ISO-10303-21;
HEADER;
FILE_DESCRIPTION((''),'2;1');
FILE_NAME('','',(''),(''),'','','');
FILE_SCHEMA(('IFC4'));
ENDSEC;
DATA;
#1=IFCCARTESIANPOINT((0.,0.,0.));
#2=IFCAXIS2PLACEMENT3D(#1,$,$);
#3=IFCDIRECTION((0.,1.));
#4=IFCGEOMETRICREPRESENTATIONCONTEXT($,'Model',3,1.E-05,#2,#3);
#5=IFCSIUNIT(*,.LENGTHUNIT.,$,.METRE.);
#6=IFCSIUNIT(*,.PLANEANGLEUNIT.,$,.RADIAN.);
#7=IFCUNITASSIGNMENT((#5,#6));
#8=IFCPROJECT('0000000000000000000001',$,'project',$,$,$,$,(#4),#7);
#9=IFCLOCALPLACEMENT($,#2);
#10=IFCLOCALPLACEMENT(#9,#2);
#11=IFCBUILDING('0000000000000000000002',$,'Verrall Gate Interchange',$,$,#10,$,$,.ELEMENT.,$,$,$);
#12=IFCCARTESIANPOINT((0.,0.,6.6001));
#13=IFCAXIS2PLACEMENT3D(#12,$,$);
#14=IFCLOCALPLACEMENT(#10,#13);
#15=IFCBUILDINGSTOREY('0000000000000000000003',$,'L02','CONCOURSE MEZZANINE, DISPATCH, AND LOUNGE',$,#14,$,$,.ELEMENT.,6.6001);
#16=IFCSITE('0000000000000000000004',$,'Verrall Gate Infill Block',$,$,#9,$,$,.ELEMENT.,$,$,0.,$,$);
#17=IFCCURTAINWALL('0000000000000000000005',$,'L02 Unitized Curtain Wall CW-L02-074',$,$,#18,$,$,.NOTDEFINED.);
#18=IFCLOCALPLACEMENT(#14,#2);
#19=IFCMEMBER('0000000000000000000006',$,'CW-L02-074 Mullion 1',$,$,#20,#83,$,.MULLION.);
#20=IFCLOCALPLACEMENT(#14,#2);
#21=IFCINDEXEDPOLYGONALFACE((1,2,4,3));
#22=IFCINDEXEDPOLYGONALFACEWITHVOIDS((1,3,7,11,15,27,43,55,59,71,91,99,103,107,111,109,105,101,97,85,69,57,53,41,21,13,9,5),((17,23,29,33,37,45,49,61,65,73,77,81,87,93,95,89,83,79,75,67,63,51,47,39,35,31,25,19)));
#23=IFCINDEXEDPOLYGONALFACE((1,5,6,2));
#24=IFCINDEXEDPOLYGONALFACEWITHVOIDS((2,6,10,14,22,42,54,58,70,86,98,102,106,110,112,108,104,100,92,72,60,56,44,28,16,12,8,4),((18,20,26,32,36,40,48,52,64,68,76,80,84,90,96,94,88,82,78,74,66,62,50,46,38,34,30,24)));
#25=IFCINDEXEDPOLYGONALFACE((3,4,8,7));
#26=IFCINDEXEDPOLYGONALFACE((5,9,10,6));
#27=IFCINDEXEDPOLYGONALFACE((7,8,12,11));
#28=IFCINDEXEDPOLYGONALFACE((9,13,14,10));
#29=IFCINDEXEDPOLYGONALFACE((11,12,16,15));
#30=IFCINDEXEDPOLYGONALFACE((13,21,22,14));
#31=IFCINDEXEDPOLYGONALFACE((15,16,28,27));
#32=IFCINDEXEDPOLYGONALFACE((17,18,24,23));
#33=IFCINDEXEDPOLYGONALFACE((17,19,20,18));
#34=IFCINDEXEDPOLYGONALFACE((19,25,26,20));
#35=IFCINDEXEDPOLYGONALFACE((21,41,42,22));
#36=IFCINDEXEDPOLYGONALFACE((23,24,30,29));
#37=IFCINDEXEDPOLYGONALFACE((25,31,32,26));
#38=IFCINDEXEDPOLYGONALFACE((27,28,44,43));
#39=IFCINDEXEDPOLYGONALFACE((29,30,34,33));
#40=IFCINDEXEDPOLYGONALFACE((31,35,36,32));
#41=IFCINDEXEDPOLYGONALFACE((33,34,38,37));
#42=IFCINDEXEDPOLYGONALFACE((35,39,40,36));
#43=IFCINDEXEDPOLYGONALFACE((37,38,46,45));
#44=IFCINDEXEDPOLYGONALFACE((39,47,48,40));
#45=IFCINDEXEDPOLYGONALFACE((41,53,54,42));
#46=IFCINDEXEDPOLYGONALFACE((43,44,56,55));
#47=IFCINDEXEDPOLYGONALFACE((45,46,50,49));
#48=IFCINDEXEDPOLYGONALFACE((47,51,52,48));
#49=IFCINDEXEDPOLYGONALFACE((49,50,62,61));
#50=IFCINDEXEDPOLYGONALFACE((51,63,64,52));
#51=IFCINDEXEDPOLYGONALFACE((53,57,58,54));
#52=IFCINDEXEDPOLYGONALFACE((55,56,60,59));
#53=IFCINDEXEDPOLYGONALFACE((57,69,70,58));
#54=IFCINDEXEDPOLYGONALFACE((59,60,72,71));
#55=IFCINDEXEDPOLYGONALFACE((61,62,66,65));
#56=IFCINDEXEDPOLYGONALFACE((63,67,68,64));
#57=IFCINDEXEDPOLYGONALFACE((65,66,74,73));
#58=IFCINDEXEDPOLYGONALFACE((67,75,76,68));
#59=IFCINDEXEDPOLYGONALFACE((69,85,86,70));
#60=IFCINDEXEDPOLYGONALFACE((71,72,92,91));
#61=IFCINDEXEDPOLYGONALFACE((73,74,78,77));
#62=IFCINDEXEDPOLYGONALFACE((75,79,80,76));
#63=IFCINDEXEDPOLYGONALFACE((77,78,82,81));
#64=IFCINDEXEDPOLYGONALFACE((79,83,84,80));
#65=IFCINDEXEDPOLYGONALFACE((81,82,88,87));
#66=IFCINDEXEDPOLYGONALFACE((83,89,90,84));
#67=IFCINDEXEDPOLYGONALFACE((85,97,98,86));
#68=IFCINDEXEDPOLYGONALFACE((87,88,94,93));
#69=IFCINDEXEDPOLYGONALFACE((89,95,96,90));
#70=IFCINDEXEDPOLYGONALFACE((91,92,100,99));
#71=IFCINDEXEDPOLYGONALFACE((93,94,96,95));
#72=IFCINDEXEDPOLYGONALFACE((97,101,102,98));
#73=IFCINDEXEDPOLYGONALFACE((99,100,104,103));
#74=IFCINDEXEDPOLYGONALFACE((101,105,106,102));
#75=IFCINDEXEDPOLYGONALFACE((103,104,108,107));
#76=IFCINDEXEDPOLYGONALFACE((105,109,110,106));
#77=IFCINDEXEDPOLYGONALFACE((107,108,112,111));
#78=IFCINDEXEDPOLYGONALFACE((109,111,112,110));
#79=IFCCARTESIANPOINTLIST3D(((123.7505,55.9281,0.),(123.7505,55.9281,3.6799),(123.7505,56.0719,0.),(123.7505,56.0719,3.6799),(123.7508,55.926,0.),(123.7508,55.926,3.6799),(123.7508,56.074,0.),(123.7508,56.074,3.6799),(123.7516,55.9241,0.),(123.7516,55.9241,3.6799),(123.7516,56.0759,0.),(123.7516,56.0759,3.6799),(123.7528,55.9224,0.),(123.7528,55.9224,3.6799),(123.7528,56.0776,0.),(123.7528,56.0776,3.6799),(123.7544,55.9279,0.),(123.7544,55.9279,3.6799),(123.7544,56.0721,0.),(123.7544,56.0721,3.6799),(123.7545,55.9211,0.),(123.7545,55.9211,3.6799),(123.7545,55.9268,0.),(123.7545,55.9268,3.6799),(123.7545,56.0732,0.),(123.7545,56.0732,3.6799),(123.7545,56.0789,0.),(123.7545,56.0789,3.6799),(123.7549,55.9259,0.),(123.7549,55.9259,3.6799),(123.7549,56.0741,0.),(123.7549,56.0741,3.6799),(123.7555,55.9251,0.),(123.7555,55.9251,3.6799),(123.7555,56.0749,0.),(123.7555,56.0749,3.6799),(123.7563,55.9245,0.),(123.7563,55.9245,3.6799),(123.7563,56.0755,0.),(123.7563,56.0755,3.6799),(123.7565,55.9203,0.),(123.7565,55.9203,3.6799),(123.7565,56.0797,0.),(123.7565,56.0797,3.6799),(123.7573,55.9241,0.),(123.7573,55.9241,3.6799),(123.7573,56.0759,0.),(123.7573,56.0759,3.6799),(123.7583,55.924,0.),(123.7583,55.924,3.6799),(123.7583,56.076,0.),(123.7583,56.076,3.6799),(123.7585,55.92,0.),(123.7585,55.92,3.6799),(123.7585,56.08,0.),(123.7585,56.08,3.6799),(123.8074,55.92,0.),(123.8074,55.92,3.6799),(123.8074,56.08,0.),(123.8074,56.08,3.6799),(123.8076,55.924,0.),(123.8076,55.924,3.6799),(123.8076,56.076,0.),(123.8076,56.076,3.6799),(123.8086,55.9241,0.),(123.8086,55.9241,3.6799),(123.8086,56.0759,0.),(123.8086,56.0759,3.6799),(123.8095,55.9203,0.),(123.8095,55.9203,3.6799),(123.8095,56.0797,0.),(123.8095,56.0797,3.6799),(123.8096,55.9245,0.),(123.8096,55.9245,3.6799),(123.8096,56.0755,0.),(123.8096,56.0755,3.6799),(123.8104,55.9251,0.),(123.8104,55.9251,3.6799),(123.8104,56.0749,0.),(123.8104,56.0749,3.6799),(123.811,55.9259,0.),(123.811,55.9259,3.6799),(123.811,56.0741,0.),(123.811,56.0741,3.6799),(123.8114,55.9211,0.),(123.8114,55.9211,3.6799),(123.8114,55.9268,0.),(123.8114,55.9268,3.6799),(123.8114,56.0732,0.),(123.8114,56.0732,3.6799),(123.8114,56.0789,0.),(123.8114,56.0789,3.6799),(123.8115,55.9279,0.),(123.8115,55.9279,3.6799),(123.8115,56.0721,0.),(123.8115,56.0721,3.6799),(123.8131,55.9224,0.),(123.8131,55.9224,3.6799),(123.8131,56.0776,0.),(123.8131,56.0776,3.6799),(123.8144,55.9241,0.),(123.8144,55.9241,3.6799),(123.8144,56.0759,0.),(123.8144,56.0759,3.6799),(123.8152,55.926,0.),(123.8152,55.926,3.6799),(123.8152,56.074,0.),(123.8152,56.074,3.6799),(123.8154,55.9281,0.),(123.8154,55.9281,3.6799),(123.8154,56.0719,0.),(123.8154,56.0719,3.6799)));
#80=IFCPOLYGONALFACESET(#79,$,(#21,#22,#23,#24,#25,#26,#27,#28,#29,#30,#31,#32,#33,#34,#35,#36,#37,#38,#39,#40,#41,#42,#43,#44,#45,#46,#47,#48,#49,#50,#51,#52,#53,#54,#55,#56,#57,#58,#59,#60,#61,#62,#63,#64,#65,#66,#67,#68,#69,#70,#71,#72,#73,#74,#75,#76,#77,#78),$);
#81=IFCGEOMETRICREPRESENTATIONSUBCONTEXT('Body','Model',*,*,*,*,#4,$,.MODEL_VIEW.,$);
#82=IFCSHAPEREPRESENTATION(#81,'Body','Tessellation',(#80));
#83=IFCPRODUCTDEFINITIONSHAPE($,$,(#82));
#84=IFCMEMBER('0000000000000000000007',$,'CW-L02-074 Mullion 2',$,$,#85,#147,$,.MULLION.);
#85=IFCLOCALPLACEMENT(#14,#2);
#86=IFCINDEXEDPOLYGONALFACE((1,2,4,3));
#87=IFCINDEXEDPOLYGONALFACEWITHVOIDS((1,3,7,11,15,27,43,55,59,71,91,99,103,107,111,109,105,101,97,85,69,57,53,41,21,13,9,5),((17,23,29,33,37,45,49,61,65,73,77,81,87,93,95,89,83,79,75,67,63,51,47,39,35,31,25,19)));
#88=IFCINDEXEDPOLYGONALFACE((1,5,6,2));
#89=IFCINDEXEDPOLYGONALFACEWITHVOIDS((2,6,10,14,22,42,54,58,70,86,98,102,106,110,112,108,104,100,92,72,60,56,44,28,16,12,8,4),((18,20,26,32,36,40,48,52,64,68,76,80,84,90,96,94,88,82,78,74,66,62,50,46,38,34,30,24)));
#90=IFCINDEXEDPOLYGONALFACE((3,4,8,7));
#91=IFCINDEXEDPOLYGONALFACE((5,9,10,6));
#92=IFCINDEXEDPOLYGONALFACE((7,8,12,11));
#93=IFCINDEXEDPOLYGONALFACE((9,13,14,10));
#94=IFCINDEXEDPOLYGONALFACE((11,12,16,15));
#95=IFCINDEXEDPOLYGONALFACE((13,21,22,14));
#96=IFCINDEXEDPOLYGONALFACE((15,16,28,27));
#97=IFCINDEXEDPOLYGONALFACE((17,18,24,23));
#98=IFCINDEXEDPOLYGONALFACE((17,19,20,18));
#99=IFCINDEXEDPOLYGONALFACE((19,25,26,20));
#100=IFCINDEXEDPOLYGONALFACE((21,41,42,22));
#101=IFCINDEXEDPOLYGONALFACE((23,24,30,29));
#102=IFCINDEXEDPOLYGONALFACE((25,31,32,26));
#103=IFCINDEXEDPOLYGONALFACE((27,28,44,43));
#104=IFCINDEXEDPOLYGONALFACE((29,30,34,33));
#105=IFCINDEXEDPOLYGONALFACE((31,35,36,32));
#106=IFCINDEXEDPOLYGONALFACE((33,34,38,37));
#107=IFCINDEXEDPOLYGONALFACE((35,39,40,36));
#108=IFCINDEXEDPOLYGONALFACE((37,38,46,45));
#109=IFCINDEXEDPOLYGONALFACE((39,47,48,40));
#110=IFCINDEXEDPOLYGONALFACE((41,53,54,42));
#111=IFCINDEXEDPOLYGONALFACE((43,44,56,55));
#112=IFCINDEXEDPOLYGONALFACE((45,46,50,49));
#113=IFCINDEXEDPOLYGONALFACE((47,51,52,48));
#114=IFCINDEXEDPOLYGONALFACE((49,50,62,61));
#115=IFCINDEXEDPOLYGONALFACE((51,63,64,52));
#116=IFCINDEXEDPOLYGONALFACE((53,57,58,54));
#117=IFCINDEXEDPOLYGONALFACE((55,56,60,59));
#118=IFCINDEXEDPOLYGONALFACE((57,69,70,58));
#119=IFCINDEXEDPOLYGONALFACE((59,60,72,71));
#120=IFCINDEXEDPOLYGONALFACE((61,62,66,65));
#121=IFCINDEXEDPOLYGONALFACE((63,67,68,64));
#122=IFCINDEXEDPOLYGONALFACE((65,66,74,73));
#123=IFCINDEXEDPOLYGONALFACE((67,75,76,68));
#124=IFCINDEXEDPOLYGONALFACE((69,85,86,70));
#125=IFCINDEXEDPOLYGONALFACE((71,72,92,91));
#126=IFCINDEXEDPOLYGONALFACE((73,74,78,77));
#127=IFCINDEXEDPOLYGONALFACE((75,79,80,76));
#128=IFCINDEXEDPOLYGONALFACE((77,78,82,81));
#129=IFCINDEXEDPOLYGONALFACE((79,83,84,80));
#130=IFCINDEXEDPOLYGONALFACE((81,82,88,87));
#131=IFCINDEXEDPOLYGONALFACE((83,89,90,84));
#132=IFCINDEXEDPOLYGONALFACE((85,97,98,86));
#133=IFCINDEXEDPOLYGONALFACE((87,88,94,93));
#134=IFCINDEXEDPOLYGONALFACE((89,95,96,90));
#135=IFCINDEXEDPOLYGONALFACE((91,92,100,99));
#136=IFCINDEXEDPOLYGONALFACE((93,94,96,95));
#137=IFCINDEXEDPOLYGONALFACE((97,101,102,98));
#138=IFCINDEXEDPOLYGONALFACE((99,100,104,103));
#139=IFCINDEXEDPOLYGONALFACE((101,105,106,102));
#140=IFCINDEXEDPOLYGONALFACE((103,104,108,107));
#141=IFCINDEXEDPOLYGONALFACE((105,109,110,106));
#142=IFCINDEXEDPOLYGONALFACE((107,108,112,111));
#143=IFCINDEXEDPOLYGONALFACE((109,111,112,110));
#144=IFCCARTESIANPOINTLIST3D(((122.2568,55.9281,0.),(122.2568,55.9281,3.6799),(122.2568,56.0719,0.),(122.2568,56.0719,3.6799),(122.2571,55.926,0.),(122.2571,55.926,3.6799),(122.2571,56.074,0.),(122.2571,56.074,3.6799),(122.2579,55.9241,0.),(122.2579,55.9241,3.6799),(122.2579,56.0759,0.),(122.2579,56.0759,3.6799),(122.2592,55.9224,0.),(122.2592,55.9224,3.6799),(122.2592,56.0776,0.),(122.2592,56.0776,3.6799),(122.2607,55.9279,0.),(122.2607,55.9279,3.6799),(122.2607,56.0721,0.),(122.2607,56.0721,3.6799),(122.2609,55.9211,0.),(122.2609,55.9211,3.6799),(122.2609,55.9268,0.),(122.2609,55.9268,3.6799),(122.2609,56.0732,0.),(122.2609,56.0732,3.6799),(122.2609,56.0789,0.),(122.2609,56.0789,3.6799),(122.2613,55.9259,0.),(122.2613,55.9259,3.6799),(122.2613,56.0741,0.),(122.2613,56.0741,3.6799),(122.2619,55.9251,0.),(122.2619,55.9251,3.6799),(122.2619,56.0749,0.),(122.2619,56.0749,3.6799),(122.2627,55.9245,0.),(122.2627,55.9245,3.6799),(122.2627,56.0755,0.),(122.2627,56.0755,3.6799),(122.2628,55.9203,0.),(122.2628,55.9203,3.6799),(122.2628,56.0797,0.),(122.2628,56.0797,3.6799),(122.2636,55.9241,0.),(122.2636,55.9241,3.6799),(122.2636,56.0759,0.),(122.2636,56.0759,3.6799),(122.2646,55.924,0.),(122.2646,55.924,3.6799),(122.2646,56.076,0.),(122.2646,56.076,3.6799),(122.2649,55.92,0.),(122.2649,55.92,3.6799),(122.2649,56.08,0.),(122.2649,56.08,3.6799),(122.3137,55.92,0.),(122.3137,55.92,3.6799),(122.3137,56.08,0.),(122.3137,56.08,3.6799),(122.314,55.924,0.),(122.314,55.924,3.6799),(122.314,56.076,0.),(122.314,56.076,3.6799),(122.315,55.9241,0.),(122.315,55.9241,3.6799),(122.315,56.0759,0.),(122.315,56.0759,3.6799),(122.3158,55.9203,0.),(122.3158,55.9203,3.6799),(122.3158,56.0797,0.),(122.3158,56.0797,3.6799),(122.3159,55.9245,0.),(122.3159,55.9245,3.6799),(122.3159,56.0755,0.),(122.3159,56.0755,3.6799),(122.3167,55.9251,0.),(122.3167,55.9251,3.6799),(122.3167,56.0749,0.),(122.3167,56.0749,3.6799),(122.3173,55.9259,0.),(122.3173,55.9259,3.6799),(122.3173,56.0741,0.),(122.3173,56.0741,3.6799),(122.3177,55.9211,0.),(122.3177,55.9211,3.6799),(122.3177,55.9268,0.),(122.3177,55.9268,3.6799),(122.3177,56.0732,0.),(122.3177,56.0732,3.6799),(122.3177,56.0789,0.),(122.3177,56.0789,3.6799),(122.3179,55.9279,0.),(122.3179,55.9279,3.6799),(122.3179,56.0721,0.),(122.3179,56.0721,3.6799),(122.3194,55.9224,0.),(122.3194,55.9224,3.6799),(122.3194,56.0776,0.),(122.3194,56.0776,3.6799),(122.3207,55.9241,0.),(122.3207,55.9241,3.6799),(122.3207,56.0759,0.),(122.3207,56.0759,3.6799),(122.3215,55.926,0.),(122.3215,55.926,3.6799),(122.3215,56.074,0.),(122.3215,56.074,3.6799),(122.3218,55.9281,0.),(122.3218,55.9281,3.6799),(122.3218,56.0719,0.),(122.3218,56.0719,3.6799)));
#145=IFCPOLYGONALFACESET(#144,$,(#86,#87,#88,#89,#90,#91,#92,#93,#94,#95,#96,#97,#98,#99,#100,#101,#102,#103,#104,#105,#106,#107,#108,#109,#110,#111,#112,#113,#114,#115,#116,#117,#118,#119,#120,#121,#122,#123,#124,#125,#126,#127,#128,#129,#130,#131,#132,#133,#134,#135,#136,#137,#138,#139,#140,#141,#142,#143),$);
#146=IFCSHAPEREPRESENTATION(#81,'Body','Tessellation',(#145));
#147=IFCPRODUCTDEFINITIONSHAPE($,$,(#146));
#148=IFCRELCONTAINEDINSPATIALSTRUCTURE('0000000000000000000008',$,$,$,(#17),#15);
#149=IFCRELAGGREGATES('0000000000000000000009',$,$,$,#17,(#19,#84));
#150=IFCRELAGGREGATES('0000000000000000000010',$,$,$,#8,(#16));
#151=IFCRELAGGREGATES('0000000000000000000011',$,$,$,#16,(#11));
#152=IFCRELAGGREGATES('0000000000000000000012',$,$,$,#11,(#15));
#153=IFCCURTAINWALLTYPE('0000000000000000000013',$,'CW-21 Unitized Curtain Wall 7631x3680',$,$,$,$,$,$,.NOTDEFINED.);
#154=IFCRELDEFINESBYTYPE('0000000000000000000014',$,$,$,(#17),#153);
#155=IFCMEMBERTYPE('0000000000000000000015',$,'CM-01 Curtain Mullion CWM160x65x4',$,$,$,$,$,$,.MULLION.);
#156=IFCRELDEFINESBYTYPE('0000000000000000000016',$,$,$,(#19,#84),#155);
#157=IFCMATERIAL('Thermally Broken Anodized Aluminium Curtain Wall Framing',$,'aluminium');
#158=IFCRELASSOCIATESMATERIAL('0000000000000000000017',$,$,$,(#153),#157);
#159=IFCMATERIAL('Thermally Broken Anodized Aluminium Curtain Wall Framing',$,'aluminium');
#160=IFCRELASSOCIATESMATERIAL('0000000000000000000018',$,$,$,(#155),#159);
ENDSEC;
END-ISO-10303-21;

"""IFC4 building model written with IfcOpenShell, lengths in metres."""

from ifc_helpers import new_model, si_unit, direction, frame, origin, origin_2d, place, context, subcontext, project, spatial, hollow_rectangle, extrude, material, material_profile, profile_set, type_object, element, aggregate, save


model = new_model("IFC4")

# Units and contexts
model_context = context("Model", 3, precision=1e-05, world=origin(), true_north=direction((0.0, 1.0)))
body_context = subcontext(model_context, "Body", "Model", "MODEL_VIEW")
ifc_project = project(units=[si_unit("LENGTHUNIT", "METRE"), si_unit("PLANEANGLEUNIT", "RADIAN")], contexts=[model_context])

# Site, building, storey
site_placement = place(None, origin())
site = spatial("IfcSite", under=ifc_project, at=site_placement, Name="Verrall Gate Infill Block", CompositionType="ELEMENT", RefElevation=0.0)
building_placement = place(site_placement, origin())
building = spatial("IfcBuilding", under=site, at=building_placement, Name="Verrall Gate Interchange", CompositionType="ELEMENT")
storey_placement = place(building_placement, frame((0.0, 0.0, 6.6001)))
storey = spatial("IfcBuildingStorey", under=building, at=storey_placement, Name="L02", Description="CONCOURSE MEZZANINE, DISPATCH, AND LOUNGE", CompositionType="ELEMENT", Elevation=6.6001)

# Curtain wall, members
ifc_material_1 = material(Name="Thermally Broken Anodized Aluminium Curtain Wall Framing", Category="aluminium")
curtain_wall_type = type_object("IfcCurtainWallType", Name="CW-21 Unitized Curtain Wall 7631x3680", PredefinedType="NOTDEFINED", material=ifc_material_1)
curtain_wall_1_placement = place(storey_placement, origin())
curtain_wall_1 = element("IfcCurtainWall", 1, at=curtain_wall_1_placement, inside=storey, type_object=curtain_wall_type, Name="L02 Unitized Curtain Wall CW-L02-074", PredefinedType="NOTDEFINED")
ifc_material_2 = material(Name="Thermally Broken Anodized Aluminium Curtain Wall Framing", Category="aluminium")
ifc_material_profile_1 = material_profile(ifc_material_2, hollow_rectangle(XDim=0.0649, YDim=0.1599, WallThickness=0.0039, InnerFilletRadius=0.0039, OuterFilletRadius=0.0081, at=origin_2d()), Name="CWM160x65x4")
ifc_profile_set_1 = profile_set([ifc_material_profile_1], Name="Thermally Broken Anodized Aluminium Curtain Wall Framing")
member_type_1 = type_object("IfcMemberType", Name="CM-01 Curtain Mullion CWM160x65x4", PredefinedType="MULLION", material=ifc_profile_set_1)
member_1_placement = place(storey_placement, frame((123.783, 56.0, 0.0), z_axis=(0.0, 0.0, 1.0), x_axis=(-1.0, 0.0, 0.0)))
member_1 = element("IfcMember", 2, at=member_1_placement, type_object=member_type_1, Name="CW-L02-074 Mullion 1", PredefinedType="MULLION", context=body_context, shape_type="SweptSolid", body=[
    extrude(hollow_rectangle(XDim=0.0649, YDim=0.1599, WallThickness=0.0039, InnerFilletRadius=0.0039, OuterFilletRadius=0.0081, at=origin_2d()), origin(), (0.0, 0.0, 1.0), 3.6799),
])
member_2_placement = place(storey_placement, frame((122.2893, 56.0, 0.0), z_axis=(0.0, 0.0, 1.0), x_axis=(-1.0, 0.0, 0.0)))
member_2 = element("IfcMember", 3, at=member_2_placement, type_object=member_type_1, Name="CW-L02-074 Mullion 2", PredefinedType="MULLION", context=body_context, shape_type="SweptSolid", body=[
    extrude(hollow_rectangle(XDim=0.0649, YDim=0.1599, WallThickness=0.0039, InnerFilletRadius=0.0039, OuterFilletRadius=0.0081, at=origin_2d()), origin(), (0.0, 0.0, 1.0), 3.6799),
])

aggregate(curtain_wall_1, [member_1, member_2])

save(model, "model.ifc")
